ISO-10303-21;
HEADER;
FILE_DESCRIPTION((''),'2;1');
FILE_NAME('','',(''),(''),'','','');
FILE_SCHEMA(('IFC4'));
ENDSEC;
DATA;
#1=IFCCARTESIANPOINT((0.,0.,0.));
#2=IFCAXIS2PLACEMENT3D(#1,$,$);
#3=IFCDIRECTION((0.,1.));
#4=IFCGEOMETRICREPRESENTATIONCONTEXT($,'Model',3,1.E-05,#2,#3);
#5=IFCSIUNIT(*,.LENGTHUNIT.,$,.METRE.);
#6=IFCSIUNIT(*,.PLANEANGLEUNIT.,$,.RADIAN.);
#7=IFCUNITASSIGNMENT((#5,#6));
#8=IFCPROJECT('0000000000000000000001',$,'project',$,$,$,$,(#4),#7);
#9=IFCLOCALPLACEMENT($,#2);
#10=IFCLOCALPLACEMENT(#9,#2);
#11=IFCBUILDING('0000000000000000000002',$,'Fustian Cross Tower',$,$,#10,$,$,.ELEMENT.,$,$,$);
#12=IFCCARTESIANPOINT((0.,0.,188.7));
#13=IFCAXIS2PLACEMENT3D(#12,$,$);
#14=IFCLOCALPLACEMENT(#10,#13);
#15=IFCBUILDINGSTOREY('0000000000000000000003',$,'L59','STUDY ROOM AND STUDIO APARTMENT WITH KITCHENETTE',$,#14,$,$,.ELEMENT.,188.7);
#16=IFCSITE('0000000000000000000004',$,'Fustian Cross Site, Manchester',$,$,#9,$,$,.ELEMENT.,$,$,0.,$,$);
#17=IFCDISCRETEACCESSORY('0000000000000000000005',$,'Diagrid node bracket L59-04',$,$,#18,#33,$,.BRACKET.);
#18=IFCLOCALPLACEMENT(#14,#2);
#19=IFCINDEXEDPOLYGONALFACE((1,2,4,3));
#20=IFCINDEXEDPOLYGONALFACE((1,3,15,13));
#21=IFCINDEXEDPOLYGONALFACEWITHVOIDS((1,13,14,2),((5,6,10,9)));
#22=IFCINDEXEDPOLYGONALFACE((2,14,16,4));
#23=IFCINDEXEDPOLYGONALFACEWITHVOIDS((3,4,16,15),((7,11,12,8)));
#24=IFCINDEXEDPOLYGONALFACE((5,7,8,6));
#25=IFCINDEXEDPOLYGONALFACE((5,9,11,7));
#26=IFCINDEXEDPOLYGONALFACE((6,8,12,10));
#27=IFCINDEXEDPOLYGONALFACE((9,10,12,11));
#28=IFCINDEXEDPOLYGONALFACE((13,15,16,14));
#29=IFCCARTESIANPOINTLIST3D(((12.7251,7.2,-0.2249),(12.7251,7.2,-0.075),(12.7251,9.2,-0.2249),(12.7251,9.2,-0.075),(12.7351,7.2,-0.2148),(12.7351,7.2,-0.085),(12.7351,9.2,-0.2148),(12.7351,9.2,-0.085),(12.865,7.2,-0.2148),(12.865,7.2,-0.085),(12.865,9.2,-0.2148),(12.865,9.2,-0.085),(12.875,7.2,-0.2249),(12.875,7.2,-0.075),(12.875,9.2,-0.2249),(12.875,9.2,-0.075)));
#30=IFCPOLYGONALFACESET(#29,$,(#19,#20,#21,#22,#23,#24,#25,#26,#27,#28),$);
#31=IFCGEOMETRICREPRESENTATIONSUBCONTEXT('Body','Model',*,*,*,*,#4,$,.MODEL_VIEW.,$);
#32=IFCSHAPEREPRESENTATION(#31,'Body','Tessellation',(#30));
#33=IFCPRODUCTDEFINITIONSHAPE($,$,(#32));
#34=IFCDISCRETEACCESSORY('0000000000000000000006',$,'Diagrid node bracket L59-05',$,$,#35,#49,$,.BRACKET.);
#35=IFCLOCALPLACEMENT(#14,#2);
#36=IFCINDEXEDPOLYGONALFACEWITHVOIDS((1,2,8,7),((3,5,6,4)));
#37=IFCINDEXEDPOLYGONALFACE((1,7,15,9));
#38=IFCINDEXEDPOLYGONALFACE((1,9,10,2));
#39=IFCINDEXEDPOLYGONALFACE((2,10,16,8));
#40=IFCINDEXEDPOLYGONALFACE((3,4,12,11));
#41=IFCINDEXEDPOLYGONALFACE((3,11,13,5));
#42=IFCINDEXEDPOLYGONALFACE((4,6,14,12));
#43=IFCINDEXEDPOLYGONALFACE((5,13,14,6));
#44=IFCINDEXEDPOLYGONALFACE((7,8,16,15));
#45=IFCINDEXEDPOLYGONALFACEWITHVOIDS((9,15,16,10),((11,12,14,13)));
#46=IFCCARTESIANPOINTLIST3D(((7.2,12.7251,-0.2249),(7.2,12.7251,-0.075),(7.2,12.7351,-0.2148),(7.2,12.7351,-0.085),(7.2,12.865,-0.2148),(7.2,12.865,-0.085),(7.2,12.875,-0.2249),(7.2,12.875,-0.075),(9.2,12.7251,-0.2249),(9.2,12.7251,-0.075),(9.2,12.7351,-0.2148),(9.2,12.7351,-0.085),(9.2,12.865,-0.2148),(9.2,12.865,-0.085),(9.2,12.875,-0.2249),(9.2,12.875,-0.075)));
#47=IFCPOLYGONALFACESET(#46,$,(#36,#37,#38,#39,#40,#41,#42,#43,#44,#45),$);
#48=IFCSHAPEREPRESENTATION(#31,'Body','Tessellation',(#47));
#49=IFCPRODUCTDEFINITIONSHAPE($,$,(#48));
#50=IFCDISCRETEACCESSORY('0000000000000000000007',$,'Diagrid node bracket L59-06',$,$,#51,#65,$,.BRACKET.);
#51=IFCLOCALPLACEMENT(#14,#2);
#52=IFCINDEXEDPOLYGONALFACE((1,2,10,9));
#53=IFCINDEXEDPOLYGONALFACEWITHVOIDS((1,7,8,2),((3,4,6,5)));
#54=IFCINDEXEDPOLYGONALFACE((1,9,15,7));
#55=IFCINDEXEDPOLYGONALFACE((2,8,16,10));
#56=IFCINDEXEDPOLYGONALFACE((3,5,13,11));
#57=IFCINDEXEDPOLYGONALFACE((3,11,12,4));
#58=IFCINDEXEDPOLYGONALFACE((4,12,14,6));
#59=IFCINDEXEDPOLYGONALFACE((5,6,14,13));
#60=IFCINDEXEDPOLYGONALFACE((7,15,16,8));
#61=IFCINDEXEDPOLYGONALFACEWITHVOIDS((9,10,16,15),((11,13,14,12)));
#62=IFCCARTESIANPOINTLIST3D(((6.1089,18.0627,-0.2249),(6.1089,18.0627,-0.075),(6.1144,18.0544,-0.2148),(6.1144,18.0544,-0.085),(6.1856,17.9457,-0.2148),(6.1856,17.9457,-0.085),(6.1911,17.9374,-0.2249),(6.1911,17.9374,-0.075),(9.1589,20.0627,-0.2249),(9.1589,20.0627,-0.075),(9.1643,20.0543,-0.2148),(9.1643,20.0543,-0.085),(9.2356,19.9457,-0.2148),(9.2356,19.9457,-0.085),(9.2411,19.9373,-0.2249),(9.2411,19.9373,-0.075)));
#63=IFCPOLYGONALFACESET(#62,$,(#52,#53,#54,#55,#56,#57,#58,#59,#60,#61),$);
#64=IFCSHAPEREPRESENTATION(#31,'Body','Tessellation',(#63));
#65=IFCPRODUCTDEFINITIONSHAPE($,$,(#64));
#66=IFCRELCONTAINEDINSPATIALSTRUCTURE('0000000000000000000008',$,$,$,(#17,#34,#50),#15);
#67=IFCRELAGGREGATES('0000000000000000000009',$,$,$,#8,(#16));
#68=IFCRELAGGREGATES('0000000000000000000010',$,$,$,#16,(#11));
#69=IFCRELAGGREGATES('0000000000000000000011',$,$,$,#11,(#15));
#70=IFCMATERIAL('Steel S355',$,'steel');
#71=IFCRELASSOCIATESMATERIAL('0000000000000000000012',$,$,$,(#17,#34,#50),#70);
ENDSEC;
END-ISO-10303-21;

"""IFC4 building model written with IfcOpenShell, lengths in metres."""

from ifc_helpers import new_model, si_unit, direction, frame, origin, origin_2d, place, context, subcontext, project, spatial, hollow_rectangle, extrude, material, element, save


model = new_model("IFC4")

# Units and contexts
model_context = context("Model", 3, precision=1e-05, world=origin(), true_north=direction((0.0, 1.0)))
body_context = subcontext(model_context, "Body", "Model", "MODEL_VIEW")
ifc_project = project(units=[si_unit("LENGTHUNIT", "METRE"), si_unit("PLANEANGLEUNIT", "RADIAN")], contexts=[model_context])

# Site, building, storey
site_placement = place(None, origin())
site = spatial("IfcSite", under=ifc_project, at=site_placement, Name="Fustian Cross Site, Manchester", CompositionType="ELEMENT", RefElevation=0.0)
building_placement = place(site_placement, origin())
building = spatial("IfcBuilding", under=site, at=building_placement, Name="Fustian Cross Tower", CompositionType="ELEMENT")
storey_placement = place(building_placement, frame((0.0, 0.0, 188.7)))
storey = spatial("IfcBuildingStorey", under=building, at=storey_placement, Name="L59", Description="STUDY ROOM AND STUDIO APARTMENT WITH KITCHENETTE", CompositionType="ELEMENT", Elevation=188.7)

# Discrete accessories
ifc_material_1 = material(Name="Steel S355", Category="steel")
for number, where, z_axis, x_axis, name in (
    (1, (12.8, 9.2, -0.1499), (0.0, -1.0, 0.0), (1.0, 0.0, 0.0), "Diagrid node bracket L59-04"),
    (2, (9.2, 12.8, -0.1499), (-1.0, 0.0, 0.0), (0.0, -1.0, 0.0), "Diagrid node bracket L59-05"),
):
    element("IfcDiscreteAccessory", number, at=place(storey_placement, frame(where, z_axis=z_axis, x_axis=x_axis)), inside=storey, material=ifc_material_1, Name=name, PredefinedType="BRACKET", context=body_context, shape_type="SweptSolid", body=[
        extrude(hollow_rectangle(XDim=0.1499, YDim=0.1499, WallThickness=0.01, at=origin_2d()), origin(), (0.0, 0.0, 1.0), 2.0),
    ])
discrete_accessory_placement = place(storey_placement, frame((9.2, 20.0, -0.1499), z_axis=(-0.836248, -0.548351, 0.0), x_axis=(0.548351, -0.836248, 0.0)))
element("IfcDiscreteAccessory", 3, at=discrete_accessory_placement, inside=storey, material=ifc_material_1, Name="Diagrid node bracket L59-06", PredefinedType="BRACKET", context=body_context, shape_type="SweptSolid", body=[
    extrude(hollow_rectangle(XDim=0.1499, YDim=0.1499, WallThickness=0.01, at=origin_2d()), origin(), (0.0, 0.0, 1.0), 3.6472),
])

save(model, "model.ifc")
